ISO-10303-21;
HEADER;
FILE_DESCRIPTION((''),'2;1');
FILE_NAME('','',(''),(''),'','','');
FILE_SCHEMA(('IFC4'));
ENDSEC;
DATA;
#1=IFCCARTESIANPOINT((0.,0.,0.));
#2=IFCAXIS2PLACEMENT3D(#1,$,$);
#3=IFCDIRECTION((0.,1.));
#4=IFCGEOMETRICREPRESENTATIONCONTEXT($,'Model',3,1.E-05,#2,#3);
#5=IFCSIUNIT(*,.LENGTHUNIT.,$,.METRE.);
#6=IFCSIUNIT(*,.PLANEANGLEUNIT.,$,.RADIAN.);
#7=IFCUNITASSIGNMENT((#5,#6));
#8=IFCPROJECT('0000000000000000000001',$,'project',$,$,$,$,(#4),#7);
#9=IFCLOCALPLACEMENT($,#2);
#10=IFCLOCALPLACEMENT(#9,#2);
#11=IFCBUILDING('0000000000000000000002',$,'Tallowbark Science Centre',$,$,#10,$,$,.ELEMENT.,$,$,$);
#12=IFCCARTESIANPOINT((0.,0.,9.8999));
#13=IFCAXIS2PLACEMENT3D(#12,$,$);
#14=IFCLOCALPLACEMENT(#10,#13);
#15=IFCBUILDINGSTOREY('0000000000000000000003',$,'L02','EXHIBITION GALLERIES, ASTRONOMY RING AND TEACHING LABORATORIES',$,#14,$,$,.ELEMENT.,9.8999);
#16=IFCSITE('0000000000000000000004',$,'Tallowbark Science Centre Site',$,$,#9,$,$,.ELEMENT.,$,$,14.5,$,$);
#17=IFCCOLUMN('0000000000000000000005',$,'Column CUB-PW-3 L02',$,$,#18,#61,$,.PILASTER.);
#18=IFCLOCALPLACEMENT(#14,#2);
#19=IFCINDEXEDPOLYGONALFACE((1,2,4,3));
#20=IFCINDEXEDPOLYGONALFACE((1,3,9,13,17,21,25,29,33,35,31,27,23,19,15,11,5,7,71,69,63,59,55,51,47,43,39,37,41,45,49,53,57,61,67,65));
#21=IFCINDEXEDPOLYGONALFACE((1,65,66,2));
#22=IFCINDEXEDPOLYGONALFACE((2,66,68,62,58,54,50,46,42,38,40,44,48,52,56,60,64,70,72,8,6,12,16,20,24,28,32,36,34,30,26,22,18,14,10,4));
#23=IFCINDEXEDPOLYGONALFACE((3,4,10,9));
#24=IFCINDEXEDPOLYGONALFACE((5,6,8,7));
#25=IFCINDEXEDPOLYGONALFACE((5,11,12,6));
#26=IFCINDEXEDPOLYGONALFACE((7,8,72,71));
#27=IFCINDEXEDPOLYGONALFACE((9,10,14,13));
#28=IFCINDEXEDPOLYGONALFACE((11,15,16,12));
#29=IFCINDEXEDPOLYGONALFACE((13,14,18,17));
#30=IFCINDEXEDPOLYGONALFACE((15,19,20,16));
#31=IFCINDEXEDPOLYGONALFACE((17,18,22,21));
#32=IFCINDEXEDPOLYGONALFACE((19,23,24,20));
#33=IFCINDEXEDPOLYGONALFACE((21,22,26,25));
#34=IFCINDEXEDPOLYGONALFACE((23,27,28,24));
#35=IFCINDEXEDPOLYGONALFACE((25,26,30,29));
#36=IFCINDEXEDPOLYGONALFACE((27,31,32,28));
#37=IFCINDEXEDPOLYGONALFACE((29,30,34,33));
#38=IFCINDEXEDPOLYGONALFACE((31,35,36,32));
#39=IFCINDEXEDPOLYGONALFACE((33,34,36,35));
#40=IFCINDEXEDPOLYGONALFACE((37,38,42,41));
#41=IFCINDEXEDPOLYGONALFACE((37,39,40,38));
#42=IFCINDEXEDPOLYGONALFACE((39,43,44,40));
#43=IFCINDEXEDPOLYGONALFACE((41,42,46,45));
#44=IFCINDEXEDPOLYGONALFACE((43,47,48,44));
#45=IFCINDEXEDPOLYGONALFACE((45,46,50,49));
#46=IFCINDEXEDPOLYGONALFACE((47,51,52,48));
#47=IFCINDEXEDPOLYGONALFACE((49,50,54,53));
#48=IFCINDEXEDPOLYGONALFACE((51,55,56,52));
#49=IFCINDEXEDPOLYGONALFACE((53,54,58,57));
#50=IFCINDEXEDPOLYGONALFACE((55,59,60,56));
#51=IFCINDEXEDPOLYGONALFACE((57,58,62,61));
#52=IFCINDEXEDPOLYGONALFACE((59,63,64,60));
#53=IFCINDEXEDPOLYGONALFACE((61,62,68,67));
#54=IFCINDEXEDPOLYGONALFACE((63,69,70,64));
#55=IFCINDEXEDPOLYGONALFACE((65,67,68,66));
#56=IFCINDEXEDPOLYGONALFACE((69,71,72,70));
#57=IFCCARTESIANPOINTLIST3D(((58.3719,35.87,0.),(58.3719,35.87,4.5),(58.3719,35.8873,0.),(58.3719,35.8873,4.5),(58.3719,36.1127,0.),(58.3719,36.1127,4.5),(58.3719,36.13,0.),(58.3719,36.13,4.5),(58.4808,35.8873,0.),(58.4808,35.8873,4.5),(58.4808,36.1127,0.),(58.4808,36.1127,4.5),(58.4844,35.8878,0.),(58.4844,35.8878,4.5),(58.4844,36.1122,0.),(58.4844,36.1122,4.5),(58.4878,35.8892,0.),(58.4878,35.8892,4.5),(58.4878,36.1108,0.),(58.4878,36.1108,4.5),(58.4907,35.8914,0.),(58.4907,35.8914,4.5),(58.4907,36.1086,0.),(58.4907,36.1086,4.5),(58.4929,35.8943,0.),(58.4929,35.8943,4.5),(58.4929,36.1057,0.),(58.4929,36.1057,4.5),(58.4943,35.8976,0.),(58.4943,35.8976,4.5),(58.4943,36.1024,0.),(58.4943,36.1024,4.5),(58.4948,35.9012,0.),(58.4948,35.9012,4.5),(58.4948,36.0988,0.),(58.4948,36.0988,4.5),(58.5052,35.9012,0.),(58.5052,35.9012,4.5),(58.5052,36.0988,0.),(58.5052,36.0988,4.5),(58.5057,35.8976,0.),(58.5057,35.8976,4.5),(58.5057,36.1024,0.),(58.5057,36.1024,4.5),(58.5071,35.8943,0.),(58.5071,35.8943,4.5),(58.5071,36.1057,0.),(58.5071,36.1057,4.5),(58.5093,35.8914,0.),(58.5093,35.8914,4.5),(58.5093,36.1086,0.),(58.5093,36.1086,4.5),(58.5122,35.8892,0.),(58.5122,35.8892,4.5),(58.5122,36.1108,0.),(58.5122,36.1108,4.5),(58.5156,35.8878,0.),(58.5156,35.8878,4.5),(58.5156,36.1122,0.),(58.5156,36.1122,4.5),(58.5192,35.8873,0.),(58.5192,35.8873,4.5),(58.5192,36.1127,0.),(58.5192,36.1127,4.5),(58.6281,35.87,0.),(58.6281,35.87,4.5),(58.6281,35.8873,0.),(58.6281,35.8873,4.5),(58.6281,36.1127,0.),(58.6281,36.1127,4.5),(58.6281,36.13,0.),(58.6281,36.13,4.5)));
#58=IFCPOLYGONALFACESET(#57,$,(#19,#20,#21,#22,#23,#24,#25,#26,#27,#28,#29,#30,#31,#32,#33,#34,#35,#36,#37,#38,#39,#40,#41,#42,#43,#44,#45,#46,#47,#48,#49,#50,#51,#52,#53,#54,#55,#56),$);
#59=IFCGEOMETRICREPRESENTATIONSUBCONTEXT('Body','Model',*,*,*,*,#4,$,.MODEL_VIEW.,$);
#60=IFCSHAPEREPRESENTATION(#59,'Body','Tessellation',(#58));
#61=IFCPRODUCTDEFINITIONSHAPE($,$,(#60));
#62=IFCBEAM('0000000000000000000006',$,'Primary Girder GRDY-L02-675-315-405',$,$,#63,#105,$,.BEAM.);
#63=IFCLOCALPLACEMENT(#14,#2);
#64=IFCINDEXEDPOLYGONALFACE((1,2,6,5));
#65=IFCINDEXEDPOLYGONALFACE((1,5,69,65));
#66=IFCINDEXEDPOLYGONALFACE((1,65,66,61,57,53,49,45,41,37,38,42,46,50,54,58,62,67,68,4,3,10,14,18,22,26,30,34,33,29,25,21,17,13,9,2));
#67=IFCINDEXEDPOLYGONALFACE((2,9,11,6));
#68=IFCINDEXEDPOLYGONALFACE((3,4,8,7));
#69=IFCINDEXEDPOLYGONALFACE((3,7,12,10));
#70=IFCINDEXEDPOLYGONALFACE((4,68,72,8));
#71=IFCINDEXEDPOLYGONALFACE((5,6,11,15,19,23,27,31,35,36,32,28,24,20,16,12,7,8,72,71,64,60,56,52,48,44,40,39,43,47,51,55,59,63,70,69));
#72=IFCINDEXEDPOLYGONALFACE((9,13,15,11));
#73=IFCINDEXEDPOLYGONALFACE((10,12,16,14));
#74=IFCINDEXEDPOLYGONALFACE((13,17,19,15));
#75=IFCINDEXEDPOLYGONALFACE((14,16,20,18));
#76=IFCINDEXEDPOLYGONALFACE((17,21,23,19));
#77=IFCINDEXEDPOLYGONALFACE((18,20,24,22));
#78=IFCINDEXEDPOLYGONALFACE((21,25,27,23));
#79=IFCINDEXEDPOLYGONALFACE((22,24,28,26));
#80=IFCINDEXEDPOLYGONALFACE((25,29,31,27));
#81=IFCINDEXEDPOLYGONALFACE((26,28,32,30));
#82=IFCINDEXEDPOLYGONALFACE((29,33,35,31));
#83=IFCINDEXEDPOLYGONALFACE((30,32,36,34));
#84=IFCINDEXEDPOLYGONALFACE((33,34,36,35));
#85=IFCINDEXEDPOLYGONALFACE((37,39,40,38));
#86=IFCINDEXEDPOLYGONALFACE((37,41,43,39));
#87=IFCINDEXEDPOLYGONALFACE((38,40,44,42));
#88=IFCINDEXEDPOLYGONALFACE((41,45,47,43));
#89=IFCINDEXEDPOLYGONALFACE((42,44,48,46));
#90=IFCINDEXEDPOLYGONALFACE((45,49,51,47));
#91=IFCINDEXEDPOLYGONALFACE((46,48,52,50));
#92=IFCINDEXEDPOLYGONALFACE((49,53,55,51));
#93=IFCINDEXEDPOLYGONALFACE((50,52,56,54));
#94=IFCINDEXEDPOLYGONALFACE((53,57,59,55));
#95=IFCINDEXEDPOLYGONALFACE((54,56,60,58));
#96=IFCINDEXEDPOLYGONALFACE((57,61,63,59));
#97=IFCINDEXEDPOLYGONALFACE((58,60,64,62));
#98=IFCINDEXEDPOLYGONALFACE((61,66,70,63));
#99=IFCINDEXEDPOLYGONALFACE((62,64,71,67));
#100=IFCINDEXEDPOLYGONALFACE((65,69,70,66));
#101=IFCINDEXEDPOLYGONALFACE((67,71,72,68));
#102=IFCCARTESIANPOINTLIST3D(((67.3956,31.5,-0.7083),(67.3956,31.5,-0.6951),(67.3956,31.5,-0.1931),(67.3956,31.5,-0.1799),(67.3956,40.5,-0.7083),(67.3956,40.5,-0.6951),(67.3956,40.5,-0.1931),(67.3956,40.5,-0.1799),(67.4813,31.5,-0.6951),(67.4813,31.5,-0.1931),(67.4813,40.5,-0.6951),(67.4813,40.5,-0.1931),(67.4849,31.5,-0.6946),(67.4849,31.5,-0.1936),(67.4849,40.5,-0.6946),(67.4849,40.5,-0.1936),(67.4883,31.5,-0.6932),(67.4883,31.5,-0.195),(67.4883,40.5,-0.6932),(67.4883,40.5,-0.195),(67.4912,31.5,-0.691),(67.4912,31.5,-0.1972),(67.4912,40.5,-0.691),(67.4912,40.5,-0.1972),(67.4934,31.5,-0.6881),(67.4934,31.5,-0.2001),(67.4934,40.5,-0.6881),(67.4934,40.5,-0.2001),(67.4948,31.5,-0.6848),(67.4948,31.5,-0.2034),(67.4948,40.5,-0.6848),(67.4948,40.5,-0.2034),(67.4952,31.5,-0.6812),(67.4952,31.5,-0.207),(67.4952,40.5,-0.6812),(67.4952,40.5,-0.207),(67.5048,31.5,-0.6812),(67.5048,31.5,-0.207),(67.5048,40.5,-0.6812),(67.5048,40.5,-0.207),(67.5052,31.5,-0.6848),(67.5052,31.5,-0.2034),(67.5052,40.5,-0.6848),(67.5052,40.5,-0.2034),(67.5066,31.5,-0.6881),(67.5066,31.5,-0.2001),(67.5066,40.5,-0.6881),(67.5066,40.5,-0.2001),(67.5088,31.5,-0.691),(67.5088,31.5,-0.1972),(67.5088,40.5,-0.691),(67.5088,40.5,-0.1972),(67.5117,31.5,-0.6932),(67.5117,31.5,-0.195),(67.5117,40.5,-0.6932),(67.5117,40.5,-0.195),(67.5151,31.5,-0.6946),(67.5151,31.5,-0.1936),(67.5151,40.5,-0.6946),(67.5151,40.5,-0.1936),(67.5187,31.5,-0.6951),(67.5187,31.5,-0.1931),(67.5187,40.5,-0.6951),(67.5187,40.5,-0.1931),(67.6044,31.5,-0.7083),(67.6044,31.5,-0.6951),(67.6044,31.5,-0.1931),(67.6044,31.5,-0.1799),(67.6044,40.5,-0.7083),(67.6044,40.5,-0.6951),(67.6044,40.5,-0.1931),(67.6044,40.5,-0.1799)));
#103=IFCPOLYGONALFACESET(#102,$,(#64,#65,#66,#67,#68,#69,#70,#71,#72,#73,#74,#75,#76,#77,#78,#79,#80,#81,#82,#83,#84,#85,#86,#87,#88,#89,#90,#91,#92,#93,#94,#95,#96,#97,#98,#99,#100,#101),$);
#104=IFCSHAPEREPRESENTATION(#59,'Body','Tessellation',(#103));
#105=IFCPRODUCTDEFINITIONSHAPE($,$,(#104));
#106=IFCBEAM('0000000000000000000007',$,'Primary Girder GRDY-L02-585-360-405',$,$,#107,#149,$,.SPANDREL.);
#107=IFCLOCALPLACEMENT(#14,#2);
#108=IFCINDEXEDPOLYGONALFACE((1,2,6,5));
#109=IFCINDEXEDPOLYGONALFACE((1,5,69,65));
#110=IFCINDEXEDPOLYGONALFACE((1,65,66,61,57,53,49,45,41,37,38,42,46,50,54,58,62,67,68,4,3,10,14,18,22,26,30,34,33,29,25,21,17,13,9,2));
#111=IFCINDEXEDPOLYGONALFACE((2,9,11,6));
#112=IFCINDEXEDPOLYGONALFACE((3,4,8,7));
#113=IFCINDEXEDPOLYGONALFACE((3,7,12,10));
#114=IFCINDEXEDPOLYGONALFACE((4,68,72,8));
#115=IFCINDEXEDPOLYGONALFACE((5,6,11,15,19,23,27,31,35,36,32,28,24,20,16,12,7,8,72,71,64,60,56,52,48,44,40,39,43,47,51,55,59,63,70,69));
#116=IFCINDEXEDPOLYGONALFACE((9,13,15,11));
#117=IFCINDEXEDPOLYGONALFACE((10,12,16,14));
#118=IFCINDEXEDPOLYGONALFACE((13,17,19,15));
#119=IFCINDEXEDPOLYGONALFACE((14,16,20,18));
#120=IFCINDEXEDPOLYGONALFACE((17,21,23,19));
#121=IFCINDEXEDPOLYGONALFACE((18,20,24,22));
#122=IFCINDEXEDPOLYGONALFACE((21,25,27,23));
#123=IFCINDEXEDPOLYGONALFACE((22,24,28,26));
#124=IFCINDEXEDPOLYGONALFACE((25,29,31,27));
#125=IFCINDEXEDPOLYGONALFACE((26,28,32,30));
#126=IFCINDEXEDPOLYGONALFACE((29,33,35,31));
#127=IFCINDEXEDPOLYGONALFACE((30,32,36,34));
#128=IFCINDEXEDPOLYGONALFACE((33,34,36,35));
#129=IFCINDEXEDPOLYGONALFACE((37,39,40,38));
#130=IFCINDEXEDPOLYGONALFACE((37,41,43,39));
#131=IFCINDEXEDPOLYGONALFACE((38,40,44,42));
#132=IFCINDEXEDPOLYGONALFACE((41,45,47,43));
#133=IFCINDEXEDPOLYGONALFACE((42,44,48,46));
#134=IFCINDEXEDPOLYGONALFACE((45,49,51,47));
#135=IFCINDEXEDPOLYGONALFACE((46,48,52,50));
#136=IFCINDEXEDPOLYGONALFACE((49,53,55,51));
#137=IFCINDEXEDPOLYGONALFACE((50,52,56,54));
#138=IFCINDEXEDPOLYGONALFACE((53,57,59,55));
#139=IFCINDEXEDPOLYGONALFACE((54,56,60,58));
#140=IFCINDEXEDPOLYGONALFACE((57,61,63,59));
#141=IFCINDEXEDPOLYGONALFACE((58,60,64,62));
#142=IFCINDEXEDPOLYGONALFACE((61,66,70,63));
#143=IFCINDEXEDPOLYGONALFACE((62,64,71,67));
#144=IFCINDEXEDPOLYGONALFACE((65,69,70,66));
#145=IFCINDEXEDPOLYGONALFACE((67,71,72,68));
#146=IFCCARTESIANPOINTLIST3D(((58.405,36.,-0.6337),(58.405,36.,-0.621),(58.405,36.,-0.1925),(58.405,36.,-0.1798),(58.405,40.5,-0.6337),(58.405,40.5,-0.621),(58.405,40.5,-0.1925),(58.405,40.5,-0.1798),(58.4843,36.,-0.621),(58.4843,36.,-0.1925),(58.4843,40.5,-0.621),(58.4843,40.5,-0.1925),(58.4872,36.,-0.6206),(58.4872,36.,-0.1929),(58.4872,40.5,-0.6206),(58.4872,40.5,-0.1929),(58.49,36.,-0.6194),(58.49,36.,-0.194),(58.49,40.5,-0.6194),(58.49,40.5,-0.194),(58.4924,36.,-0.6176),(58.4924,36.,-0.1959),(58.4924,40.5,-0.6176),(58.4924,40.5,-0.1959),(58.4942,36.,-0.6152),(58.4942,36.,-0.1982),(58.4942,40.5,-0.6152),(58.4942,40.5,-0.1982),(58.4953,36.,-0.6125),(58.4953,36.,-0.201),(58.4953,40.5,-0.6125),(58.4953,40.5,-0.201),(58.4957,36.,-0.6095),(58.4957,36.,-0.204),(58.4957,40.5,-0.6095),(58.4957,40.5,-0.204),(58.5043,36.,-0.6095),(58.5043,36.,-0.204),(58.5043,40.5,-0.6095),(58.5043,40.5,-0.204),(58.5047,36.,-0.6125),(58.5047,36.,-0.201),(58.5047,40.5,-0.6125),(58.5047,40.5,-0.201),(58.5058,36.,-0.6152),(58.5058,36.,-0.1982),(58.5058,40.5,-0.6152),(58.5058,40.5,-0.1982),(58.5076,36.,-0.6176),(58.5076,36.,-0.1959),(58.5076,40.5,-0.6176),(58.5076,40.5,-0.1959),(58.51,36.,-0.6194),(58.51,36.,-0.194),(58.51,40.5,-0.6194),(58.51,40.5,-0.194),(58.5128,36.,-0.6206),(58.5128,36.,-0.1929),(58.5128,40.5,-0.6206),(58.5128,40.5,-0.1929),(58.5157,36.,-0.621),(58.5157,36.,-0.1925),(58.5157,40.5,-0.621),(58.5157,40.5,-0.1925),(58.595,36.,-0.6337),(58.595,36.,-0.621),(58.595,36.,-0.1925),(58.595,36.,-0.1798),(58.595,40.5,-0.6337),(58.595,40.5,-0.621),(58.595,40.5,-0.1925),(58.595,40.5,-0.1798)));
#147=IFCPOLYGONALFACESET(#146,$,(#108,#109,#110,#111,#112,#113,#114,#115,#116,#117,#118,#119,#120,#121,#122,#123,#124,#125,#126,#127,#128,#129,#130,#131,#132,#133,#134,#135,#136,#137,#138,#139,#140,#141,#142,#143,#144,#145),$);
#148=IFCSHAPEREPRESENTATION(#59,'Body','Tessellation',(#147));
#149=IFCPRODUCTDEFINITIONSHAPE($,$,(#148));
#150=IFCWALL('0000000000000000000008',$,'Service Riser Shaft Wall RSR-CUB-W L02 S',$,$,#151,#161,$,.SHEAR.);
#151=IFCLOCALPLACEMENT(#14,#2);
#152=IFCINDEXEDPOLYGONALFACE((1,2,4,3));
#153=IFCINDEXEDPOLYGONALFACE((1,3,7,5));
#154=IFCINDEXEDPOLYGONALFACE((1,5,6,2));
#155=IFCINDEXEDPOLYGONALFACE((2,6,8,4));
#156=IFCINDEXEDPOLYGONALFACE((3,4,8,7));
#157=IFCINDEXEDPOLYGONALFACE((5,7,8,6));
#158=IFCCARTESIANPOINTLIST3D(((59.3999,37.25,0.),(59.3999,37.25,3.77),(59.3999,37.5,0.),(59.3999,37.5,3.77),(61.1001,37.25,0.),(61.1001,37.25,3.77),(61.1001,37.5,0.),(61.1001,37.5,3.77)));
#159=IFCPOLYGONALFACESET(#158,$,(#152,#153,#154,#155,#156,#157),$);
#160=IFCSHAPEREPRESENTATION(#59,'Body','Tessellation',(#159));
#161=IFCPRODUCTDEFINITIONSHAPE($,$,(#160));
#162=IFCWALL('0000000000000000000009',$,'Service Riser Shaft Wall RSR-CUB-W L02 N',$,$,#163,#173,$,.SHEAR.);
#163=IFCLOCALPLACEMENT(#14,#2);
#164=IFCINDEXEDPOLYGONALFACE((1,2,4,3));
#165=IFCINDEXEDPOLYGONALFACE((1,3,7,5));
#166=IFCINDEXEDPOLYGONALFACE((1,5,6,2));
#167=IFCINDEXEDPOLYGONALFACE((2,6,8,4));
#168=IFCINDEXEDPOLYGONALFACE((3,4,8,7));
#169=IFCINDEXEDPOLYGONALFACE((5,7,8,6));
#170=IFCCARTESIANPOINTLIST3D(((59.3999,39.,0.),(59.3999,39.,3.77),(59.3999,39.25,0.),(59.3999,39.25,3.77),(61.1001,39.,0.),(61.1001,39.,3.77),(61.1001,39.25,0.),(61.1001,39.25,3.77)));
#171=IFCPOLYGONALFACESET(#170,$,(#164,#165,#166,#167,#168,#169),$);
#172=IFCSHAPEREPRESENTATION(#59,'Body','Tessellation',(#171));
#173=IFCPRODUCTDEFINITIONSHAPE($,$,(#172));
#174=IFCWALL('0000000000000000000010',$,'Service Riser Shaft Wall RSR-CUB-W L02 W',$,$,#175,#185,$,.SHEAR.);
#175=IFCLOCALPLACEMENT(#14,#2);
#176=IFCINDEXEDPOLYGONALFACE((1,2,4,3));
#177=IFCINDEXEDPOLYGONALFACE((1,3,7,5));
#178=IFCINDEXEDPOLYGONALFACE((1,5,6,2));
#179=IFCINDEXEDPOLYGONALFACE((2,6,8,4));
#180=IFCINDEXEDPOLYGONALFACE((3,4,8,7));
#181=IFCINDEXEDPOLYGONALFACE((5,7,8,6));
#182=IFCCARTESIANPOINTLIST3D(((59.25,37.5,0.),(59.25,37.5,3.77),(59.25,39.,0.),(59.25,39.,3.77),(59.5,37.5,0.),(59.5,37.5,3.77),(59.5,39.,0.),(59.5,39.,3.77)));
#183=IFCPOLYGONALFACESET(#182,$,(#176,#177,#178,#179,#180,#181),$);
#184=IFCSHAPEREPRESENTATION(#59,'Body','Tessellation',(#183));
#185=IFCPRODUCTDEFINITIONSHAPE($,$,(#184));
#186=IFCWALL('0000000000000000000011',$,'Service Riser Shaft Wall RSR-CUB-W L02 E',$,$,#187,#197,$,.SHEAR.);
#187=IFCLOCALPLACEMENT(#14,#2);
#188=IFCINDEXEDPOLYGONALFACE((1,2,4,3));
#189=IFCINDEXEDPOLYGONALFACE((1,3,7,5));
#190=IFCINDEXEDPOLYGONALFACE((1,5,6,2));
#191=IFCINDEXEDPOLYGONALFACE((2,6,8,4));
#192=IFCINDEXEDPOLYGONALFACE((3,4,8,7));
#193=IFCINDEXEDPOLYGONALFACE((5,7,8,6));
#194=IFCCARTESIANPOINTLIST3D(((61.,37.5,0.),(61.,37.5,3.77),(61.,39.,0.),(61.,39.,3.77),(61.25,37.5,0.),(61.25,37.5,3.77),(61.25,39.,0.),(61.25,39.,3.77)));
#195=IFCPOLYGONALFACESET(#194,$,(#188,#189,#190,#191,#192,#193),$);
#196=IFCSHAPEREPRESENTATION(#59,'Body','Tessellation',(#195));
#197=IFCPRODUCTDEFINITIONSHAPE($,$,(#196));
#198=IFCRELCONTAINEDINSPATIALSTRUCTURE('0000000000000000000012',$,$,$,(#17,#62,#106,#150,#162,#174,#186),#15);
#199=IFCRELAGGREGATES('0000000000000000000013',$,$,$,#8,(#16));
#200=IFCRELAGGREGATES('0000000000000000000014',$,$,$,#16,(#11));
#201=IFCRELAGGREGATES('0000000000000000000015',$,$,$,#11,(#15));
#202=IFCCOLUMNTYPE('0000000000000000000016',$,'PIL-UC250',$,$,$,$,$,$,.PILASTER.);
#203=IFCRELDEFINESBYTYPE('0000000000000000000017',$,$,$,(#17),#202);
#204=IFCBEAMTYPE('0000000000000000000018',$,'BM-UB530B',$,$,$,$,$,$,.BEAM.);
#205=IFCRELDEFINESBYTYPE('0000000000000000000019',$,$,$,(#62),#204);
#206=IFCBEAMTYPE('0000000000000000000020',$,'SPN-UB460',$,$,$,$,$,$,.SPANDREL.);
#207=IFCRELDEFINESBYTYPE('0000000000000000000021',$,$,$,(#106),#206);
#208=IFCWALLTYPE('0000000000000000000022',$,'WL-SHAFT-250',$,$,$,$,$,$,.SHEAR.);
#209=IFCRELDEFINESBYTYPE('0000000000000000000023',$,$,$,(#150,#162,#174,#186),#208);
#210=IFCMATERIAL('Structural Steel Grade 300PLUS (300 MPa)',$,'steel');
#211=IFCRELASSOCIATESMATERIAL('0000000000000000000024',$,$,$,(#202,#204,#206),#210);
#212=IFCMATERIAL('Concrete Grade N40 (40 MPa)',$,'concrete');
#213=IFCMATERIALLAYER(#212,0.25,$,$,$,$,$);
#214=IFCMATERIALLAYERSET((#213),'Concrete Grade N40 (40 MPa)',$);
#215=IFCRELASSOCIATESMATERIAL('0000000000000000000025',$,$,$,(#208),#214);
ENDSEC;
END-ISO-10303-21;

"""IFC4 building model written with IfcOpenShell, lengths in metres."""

from ifc_helpers import new_model, si_unit, direction, frame, frame_2d, origin, origin_2d, place, context, subcontext, project, spatial, rectangle, i_section, extrude, material, layer, layer_set, material_profile, profile_set, type_object, element, save


model = new_model("IFC4")

# Units and contexts
model_context = context("Model", 3, precision=1e-05, world=origin(), true_north=direction((0.0, 1.0)))
body_context = subcontext(model_context, "Body", "Model", "MODEL_VIEW")
ifc_project = project(units=[si_unit("LENGTHUNIT", "METRE"), si_unit("PLANEANGLEUNIT", "RADIAN")], contexts=[model_context])

# Site, building, storey
site_placement = place(None, origin())
site = spatial("IfcSite", under=ifc_project, at=site_placement, Name="Tallowbark Science Centre Site", CompositionType="ELEMENT", RefElevation=14.5)
building_placement = place(site_placement, origin())
building = spatial("IfcBuilding", under=site, at=building_placement, Name="Tallowbark Science Centre", CompositionType="ELEMENT")
storey_placement = place(building_placement, frame((0.0, 0.0, 9.8999)))
storey = spatial("IfcBuildingStorey", under=building, at=storey_placement, Name="L02", Description="EXHIBITION GALLERIES, ASTRONOMY RING AND TEACHING LABORATORIES", CompositionType="ELEMENT", Elevation=9.8999)

# Column
ifc_material_1 = material(Name="Structural Steel Grade 300PLUS (300 MPa)", Category="steel")
ifc_material_profile_1 = material_profile(ifc_material_1, i_section(OverallWidth=0.2561, OverallDepth=0.26, WebThickness=0.0105, FlangeThickness=0.0173, FilletRadius=0.0139, at=origin_2d()), Name="250UC89.5")
ifc_profile_set_1 = profile_set([ifc_material_profile_1], Name="Structural Steel Grade 300PLUS (300 MPa)")
column_type = type_object("IfcColumnType", Name="PIL-UC250", PredefinedType="PILASTER", material=ifc_profile_set_1)
column_placement = place(storey_placement, frame((58.5, 36.0, 0.0), z_axis=(0.0, 0.0, 1.0), x_axis=(1.0, 0.0, 0.0)))
element("IfcColumn", 1, at=column_placement, inside=storey, type_object=column_type, Name="Column CUB-PW-3 L02", PredefinedType="PILASTER", context=body_context, shape_type="SweptSolid", body=[
    extrude(i_section(OverallWidth=0.2561, OverallDepth=0.26, WebThickness=0.0105, FlangeThickness=0.0173, FilletRadius=0.0139, at=origin_2d()), origin(), (0.0, 0.0, 1.0), 4.5),
])

# Beams
ifc_material_profile_2 = material_profile(ifc_material_1, i_section(OverallWidth=0.2087, OverallDepth=0.5283, WebThickness=0.0095, FlangeThickness=0.0132, FilletRadius=0.0139, at=origin_2d()), Name="530UB82.0")
ifc_profile_set_2 = profile_set([ifc_material_profile_2], Name="Structural Steel Grade 300PLUS (300 MPa)")
beam_type_1 = type_object("IfcBeamType", Name="BM-UB530B", PredefinedType="BEAM", material=ifc_profile_set_2)
beam_1_placement = place(storey_placement, frame((67.5, 31.5, -0.4441), z_axis=(0.0, 1.0, 0.0), x_axis=(-1.0, 0.0, 0.0)))
element("IfcBeam", 2, at=beam_1_placement, inside=storey, type_object=beam_type_1, Name="Primary Girder GRDY-L02-675-315-405", PredefinedType="BEAM", context=body_context, shape_type="SweptSolid", body=[
    extrude(i_section(OverallWidth=0.2087, OverallDepth=0.5283, WebThickness=0.0095, FlangeThickness=0.0132, FilletRadius=0.0139, at=origin_2d()), origin(), (0.0, 0.0, 1.0), 9.0),
])
ifc_material_profile_3 = material_profile(ifc_material_1, i_section(OverallWidth=0.1899, OverallDepth=0.4539, WebThickness=0.0085, FlangeThickness=0.0127, FilletRadius=0.0115, at=origin_2d()), Name="460UB67.1")
ifc_profile_set_3 = profile_set([ifc_material_profile_3], Name="Structural Steel Grade 300PLUS (300 MPa)")
beam_type_2 = type_object("IfcBeamType", Name="SPN-UB460", PredefinedType="SPANDREL", material=ifc_profile_set_3)
beam_2_placement = place(storey_placement, frame((58.5, 36.0, -0.4067), z_axis=(0.0, 1.0, 0.0), x_axis=(-1.0, 0.0, 0.0)))
element("IfcBeam", 3, at=beam_2_placement, inside=storey, type_object=beam_type_2, Name="Primary Girder GRDY-L02-585-360-405", PredefinedType="SPANDREL", context=body_context, shape_type="SweptSolid", body=[
    extrude(i_section(OverallWidth=0.1899, OverallDepth=0.4539, WebThickness=0.0085, FlangeThickness=0.0127, FilletRadius=0.0115, at=origin_2d()), origin(), (0.0, 0.0, 1.0), 4.5),
])

# Walls
ifc_material_2 = material(Name="Concrete Grade N40 (40 MPa)", Category="concrete")
ifc_layer_1 = layer(ifc_material_2, 0.25)
ifc_layer_set_1 = layer_set([ifc_layer_1], Name="Concrete Grade N40 (40 MPa)")
wall_type = type_object("IfcWallType", Name="WL-SHAFT-250", PredefinedType="SHEAR", material=ifc_layer_set_1)
for number, where, z_axis, x_axis, name in (
    (4, (59.3999, 37.375, 0.0), (0.0, 0.0, 1.0), (1.0, 0.0, 0.0), "Service Riser Shaft Wall RSR-CUB-W L02 S"),
    (5, (59.3999, 39.125, 0.0), (0.0, 0.0, 1.0), (1.0, 0.0, 0.0), "Service Riser Shaft Wall RSR-CUB-W L02 N"),
):
    element("IfcWall", number, at=place(storey_placement, frame(where, z_axis=z_axis, x_axis=x_axis)), inside=storey, type_object=wall_type, Name=name, PredefinedType="SHEAR", context=body_context, shape_type="SweptSolid", body=[
        extrude(rectangle(XDim=1.7002, YDim=0.25, at=frame_2d((0.8501, 0.0))), origin(), (0.0, 0.0, 1.0), 3.77),
    ])
for number, where, z_axis, x_axis, name in (
    (6, (59.375, 37.5, 0.0), (0.0, 0.0, 1.0), (0.0, 1.0, 0.0), "Service Riser Shaft Wall RSR-CUB-W L02 W"),
    (7, (61.125, 37.5, 0.0), (0.0, 0.0, 1.0), (0.0, 1.0, 0.0), "Service Riser Shaft Wall RSR-CUB-W L02 E"),
):
    element("IfcWall", number, at=place(storey_placement, frame(where, z_axis=z_axis, x_axis=x_axis)), inside=storey, type_object=wall_type, Name=name, PredefinedType="SHEAR", context=body_context, shape_type="SweptSolid", body=[
        extrude(rectangle(XDim=1.5, YDim=0.25, at=frame_2d((0.75, 0.0))), origin(), (0.0, 0.0, 1.0), 3.77),
    ])

save(model, "model.ifc")
